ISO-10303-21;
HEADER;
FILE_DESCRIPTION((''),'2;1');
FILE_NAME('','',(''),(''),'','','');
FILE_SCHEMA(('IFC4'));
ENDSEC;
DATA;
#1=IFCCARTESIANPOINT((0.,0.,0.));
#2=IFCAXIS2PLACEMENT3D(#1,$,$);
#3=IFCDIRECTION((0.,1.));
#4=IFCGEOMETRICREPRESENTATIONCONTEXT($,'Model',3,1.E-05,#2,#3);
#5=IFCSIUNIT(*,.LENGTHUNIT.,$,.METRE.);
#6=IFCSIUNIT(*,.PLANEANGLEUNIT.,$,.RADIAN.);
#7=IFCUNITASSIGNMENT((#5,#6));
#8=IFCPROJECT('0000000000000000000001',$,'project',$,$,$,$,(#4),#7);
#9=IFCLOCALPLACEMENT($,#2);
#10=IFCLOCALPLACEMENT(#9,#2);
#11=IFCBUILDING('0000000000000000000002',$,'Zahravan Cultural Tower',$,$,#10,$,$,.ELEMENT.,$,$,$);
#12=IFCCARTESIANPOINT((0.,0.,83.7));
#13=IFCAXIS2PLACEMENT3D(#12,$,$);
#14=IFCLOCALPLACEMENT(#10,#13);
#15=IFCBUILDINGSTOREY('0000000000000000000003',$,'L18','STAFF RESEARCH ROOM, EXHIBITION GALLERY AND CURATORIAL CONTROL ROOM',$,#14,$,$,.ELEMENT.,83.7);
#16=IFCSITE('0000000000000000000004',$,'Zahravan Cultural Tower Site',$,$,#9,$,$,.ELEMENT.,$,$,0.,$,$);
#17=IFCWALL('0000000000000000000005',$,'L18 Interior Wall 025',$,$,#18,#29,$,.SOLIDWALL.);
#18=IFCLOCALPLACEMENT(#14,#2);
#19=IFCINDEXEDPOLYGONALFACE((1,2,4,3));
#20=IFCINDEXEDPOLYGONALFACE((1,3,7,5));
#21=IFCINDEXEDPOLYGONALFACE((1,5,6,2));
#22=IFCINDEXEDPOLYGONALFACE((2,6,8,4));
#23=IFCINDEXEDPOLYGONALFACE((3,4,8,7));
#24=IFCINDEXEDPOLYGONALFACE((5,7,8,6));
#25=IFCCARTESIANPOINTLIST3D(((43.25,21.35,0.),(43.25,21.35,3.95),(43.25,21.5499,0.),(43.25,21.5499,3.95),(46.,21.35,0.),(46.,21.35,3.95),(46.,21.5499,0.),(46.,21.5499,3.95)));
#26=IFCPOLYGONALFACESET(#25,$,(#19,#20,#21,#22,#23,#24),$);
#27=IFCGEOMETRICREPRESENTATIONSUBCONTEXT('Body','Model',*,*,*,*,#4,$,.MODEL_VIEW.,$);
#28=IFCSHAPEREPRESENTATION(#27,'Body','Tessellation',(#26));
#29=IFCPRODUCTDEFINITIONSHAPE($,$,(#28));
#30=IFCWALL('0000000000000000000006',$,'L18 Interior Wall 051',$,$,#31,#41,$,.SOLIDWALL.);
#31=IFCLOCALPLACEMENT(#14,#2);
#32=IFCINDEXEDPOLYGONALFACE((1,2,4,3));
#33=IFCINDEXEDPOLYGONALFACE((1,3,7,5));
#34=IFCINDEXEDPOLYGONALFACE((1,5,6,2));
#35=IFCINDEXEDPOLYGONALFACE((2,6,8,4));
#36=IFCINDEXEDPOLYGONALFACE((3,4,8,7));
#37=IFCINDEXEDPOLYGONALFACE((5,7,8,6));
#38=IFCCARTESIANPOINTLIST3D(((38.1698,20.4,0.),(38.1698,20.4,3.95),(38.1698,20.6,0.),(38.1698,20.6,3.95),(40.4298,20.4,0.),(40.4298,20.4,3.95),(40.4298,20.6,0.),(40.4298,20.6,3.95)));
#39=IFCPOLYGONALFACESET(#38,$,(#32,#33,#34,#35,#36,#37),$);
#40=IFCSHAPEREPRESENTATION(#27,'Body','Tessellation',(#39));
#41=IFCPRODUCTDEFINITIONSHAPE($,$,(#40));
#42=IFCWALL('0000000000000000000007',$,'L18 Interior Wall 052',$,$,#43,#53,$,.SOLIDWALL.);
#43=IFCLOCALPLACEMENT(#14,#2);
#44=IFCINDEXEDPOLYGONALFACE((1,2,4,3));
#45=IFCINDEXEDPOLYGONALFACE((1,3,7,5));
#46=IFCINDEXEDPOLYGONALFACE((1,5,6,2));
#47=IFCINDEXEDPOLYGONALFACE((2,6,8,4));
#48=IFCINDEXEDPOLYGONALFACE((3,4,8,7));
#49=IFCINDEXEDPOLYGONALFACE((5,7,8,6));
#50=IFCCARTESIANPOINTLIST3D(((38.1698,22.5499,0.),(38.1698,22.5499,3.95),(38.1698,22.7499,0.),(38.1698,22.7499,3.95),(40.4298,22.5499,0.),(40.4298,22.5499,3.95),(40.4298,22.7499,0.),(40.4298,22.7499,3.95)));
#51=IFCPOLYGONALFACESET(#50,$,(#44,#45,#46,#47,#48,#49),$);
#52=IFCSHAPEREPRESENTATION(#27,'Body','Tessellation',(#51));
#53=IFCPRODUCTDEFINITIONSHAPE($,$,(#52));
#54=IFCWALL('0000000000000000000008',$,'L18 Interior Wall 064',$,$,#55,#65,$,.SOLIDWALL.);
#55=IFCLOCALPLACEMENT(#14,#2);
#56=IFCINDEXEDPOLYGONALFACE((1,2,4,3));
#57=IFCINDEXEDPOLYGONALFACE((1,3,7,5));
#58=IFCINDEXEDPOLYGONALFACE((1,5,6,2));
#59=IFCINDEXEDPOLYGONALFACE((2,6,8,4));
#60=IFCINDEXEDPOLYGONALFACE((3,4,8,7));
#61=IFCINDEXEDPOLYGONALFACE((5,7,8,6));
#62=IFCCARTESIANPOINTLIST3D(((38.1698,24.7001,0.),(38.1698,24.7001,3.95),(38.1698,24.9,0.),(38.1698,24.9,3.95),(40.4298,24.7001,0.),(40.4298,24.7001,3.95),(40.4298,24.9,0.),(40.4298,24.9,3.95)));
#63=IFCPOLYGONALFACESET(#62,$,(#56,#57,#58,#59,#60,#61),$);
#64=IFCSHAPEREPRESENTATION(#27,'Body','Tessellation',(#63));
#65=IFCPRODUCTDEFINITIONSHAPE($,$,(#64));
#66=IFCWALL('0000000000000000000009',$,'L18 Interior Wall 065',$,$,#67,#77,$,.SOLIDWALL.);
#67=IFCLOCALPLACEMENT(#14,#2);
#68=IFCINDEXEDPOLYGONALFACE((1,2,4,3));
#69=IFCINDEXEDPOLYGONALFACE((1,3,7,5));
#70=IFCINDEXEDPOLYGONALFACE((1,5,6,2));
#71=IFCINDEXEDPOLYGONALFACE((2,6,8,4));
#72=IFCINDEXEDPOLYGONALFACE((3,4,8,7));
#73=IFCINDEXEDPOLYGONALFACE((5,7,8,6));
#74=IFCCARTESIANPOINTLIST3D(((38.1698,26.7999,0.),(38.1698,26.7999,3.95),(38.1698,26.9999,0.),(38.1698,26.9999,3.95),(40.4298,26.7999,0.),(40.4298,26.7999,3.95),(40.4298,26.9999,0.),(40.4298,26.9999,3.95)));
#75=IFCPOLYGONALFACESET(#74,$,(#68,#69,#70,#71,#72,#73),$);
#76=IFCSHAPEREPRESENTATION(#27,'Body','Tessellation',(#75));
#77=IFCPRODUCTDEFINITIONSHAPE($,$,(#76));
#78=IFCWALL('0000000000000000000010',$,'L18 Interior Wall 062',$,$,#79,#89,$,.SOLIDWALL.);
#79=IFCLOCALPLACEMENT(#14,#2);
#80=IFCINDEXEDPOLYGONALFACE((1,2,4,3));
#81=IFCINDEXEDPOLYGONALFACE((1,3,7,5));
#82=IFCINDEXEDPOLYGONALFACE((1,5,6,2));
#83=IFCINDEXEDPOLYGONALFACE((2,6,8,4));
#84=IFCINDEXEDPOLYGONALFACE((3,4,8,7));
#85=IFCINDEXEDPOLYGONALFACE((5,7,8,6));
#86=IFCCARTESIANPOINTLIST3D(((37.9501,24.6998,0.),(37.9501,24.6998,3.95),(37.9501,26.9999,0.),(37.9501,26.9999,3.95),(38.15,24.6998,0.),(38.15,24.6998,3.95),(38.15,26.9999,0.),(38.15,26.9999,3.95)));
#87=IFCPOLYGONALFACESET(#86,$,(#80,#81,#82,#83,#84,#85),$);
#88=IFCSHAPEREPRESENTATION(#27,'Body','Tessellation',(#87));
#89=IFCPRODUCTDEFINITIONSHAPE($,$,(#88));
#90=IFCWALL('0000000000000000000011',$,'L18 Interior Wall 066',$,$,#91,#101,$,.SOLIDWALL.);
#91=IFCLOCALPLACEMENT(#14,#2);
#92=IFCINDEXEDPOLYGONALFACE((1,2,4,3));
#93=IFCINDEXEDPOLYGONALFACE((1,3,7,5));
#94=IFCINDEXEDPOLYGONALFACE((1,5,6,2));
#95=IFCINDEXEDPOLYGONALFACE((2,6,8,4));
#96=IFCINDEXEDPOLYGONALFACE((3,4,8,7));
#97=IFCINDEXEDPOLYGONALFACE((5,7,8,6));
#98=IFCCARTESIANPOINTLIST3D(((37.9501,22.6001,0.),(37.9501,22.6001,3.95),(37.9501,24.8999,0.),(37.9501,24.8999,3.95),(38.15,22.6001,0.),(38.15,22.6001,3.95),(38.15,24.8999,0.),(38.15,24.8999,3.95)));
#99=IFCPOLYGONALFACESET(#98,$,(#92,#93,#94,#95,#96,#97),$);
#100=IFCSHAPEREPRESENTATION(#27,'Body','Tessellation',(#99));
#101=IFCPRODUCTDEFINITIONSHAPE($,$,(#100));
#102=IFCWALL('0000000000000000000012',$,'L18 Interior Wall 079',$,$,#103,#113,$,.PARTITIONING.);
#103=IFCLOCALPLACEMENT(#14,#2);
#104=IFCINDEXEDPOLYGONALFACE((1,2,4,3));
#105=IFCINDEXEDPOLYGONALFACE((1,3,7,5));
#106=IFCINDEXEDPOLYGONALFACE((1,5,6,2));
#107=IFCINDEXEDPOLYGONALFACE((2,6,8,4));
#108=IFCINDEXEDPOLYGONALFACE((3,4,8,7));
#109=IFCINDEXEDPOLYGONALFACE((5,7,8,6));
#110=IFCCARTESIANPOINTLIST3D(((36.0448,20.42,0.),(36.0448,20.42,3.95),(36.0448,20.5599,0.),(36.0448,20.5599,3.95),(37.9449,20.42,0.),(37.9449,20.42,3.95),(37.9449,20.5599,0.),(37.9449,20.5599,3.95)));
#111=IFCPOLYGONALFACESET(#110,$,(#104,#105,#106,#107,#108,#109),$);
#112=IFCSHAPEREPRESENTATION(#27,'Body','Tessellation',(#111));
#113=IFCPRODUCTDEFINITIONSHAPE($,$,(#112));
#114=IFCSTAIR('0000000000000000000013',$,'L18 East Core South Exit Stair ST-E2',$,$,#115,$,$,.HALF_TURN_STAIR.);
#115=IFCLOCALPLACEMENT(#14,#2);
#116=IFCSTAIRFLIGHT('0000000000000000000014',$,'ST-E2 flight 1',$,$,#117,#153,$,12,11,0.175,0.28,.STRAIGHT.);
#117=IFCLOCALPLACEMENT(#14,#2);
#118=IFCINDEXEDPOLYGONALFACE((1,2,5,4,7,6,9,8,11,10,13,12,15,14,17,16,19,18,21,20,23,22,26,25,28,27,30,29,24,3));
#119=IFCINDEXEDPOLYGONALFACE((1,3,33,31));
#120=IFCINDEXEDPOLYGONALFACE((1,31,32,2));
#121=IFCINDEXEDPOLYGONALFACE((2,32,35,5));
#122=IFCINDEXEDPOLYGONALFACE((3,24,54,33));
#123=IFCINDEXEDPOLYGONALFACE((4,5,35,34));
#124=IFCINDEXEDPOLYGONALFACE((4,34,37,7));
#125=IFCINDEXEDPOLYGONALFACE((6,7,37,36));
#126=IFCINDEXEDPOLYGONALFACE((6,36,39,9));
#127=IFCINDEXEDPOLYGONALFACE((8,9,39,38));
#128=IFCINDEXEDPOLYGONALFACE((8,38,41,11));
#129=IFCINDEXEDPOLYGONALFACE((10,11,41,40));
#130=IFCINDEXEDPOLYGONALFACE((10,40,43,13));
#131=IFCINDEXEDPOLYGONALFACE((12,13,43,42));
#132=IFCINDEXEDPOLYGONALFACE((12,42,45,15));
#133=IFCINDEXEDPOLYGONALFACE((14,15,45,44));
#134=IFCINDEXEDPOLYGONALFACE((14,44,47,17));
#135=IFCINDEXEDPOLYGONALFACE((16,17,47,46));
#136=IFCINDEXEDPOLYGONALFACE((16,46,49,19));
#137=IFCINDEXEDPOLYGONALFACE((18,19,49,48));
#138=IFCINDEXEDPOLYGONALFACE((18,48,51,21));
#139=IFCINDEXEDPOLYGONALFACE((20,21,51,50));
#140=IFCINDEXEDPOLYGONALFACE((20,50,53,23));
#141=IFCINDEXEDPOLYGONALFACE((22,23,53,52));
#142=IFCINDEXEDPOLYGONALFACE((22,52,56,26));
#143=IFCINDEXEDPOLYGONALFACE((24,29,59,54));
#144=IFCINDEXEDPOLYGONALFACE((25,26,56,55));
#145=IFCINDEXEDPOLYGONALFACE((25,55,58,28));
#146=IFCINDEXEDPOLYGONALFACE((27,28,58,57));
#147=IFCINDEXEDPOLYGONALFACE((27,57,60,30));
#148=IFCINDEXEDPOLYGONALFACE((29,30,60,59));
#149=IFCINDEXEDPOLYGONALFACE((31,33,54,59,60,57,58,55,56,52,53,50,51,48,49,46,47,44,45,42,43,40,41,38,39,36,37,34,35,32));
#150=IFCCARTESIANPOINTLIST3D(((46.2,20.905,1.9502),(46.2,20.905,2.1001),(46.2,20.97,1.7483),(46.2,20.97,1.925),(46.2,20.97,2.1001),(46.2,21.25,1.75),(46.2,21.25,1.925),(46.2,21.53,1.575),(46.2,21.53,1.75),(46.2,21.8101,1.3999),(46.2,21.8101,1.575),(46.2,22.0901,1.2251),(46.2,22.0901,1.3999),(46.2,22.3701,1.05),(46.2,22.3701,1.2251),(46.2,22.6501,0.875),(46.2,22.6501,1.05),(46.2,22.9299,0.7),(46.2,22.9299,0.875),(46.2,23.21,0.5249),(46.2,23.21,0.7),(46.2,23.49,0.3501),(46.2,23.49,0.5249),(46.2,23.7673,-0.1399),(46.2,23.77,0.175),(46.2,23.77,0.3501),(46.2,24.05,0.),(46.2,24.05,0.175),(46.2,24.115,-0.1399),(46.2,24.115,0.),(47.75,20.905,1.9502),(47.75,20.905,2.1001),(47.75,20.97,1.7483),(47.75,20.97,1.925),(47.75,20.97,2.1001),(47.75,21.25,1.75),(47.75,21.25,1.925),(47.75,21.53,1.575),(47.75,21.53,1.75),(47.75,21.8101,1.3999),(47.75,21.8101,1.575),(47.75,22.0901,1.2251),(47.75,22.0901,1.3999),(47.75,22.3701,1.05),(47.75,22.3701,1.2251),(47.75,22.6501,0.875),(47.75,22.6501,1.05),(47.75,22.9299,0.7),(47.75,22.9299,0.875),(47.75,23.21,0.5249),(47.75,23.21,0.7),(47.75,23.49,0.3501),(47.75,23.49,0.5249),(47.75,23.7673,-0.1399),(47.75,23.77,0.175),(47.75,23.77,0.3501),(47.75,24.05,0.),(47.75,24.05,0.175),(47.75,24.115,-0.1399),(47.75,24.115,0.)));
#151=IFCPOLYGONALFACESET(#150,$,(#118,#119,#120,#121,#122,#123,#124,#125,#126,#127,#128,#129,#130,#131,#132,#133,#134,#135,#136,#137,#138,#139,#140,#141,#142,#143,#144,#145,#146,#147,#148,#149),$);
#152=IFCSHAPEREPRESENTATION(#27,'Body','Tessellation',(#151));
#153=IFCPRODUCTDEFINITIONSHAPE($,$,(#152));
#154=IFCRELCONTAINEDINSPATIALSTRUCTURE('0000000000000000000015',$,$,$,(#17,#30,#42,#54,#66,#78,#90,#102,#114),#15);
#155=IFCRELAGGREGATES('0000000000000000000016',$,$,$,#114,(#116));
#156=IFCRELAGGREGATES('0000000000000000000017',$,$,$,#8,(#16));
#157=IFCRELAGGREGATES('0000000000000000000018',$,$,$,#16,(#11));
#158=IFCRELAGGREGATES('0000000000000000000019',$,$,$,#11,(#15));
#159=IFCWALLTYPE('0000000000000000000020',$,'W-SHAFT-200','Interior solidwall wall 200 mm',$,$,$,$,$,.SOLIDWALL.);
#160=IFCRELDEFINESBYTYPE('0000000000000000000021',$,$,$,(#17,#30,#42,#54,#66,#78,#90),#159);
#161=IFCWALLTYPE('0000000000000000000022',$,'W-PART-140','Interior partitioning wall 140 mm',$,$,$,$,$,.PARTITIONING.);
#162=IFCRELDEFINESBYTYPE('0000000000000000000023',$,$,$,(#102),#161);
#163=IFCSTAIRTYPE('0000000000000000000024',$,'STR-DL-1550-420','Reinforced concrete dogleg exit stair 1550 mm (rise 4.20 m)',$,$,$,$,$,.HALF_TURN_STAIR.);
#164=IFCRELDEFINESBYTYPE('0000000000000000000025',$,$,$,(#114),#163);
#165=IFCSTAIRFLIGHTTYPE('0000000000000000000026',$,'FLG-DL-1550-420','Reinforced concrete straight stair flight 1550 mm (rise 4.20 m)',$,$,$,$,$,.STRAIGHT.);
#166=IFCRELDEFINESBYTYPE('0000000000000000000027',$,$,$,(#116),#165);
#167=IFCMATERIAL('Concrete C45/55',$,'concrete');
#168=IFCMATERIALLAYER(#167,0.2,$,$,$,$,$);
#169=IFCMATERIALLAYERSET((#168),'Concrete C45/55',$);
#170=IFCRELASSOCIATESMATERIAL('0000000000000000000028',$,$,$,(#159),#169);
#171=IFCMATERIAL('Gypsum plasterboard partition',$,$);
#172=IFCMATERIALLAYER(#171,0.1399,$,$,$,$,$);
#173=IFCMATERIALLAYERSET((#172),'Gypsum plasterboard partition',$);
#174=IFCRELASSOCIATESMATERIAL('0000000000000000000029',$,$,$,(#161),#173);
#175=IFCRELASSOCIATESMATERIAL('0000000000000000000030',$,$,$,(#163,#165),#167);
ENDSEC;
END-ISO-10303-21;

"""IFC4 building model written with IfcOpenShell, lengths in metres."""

from ifc_helpers import new_model, si_unit, direction, frame, frame_2d, origin, place, context, subcontext, project, spatial, polyline, rectangle, outline, extrude, source, transform, mapped, material, layer, layer_set, type_object, element, aggregate, save


model = new_model("IFC4")

# Units and contexts
model_context = context("Model", 3, precision=1e-05, world=origin(), true_north=direction((0.0, 1.0)))
body_context = subcontext(model_context, "Body", "Model", "MODEL_VIEW")
ifc_project = project(units=[si_unit("LENGTHUNIT", "METRE"), si_unit("PLANEANGLEUNIT", "RADIAN")], contexts=[model_context])

# Site, building, storey
site_placement = place(None, origin())
site = spatial("IfcSite", under=ifc_project, at=site_placement, Name="Zahravan Cultural Tower Site", CompositionType="ELEMENT", RefElevation=0.0)
building_placement = place(site_placement, origin())
building = spatial("IfcBuilding", under=site, at=building_placement, Name="Zahravan Cultural Tower", CompositionType="ELEMENT")
storey_placement = place(building_placement, frame((0.0, 0.0, 83.7)))
storey = spatial("IfcBuildingStorey", under=building, at=storey_placement, Name="L18", Description="STAFF RESEARCH ROOM, EXHIBITION GALLERY AND CURATORIAL CONTROL ROOM", CompositionType="ELEMENT", Elevation=83.7)

# Shared definitions
ifc_material_1 = material(Name="Gypsum plasterboard partition")
ifc_material_2 = material(Name="Concrete C45/55", Category="concrete")
ifc_layer_1 = layer(ifc_material_2, 0.2)
ifc_layer_set_1 = layer_set([ifc_layer_1], Name="Concrete C45/55")
wall_type_1 = type_object("IfcWallType", Name="W-SHAFT-200", Description="Interior solidwall wall 200 mm", PredefinedType="SOLIDWALL", material=ifc_layer_set_1)

# Walls
shared_shape_1 = source(origin(), body_context, "Body", "SweptSolid", [
    extrude(rectangle(XDim=2.75, YDim=0.2, at=frame_2d((1.375, 0.0))), origin(), (0.0, 0.0, 1.0), 3.95),
])
for number, where, z_axis, x_axis, name in (
    (1, (43.25, 21.45, 0.0), (0.0, 0.0, 1.0), (1.0, 0.0, 0.0), "L18 Interior Wall 025"),
):
    element("IfcWall", number, at=place(storey_placement, frame(where, z_axis=z_axis, x_axis=x_axis)), inside=storey, type_object=wall_type_1, Name=name, PredefinedType="SOLIDWALL", context=body_context, shape_type="MappedRepresentation", body=[
        mapped(shared_shape_1, transform((0.0, 0.0, 0.0), x_axis=(1.0, 0.0, 0.0), y_axis=(0.0, 1.0, 0.0), z_axis=(0.0, 0.0, 1.0), scale=1.0)),
    ])
shared_shape_2 = source(origin(), body_context, "Body", "SweptSolid", [
    extrude(rectangle(XDim=2.26, YDim=0.2, at=frame_2d((1.1299, 0.0))), origin(), (0.0, 0.0, 1.0), 3.95),
])
for number, where, z_axis, x_axis, name in (
    (2, (38.1699, 20.5, 0.0), (0.0, 0.0, 1.0), (1.0, 0.0, 0.0), "L18 Interior Wall 051"),
    (3, (38.1699, 22.6499, 0.0), (0.0, 0.0, 1.0), (1.0, 0.0, 0.0), "L18 Interior Wall 052"),
    (4, (38.1699, 24.8, 0.0), (0.0, 0.0, 1.0), (1.0, 0.0, 0.0), "L18 Interior Wall 064"),
    (5, (38.1699, 26.8999, 0.0), (0.0, 0.0, 1.0), (1.0, 0.0, 0.0), "L18 Interior Wall 065"),
):
    element("IfcWall", number, at=place(storey_placement, frame(where, z_axis=z_axis, x_axis=x_axis)), inside=storey, type_object=wall_type_1, Name=name, PredefinedType="SOLIDWALL", context=body_context, shape_type="MappedRepresentation", body=[
        mapped(shared_shape_2, transform((0.0, 0.0, 0.0), x_axis=(1.0, 0.0, 0.0), y_axis=(0.0, 1.0, 0.0), z_axis=(0.0, 0.0, 1.0), scale=1.0)),
    ])
shared_shape_3 = source(origin(), body_context, "Body", "SweptSolid", [
    extrude(rectangle(XDim=2.3, YDim=0.2, at=frame_2d((1.1499, 0.0))), origin(), (0.0, 0.0, 1.0), 3.95),
])
wall_1_placement = place(storey_placement, frame((38.05, 24.7, 0.0), z_axis=(0.0, 0.0, 1.0), x_axis=(0.0, 1.0, 0.0)))
element("IfcWall", 6, at=wall_1_placement, inside=storey, type_object=wall_type_1, Name="L18 Interior Wall 062", PredefinedType="SOLIDWALL", context=body_context, shape_type="MappedRepresentation", body=[
    mapped(shared_shape_3, transform((0.0, 0.0, 0.0), x_axis=(1.0, 0.0, 0.0), y_axis=(0.0, 1.0, 0.0), z_axis=(0.0, 0.0, 1.0), scale=1.0)),
])
shared_shape_4 = source(origin(), body_context, "Body", "SweptSolid", [
    extrude(rectangle(XDim=2.2998, YDim=0.2, at=frame_2d((1.1499, 0.0))), origin(), (0.0, 0.0, 1.0), 3.95),
])
wall_2_placement = place(storey_placement, frame((38.05, 22.6001, 0.0), z_axis=(0.0, 0.0, 1.0), x_axis=(0.0, 1.0, 0.0)))
element("IfcWall", 7, at=wall_2_placement, inside=storey, type_object=wall_type_1, Name="L18 Interior Wall 066", PredefinedType="SOLIDWALL", context=body_context, shape_type="MappedRepresentation", body=[
    mapped(shared_shape_4, transform((0.0, 0.0, 0.0), x_axis=(1.0, 0.0, 0.0), y_axis=(0.0, 1.0, 0.0), z_axis=(0.0, 0.0, 1.0), scale=1.0)),
])
ifc_layer_2 = layer(ifc_material_1, 0.1399)
ifc_layer_set_2 = layer_set([ifc_layer_2], Name="Gypsum plasterboard partition")
wall_type_2 = type_object("IfcWallType", Name="W-PART-140", Description="Interior partitioning wall 140 mm", PredefinedType="PARTITIONING", material=ifc_layer_set_2)
shared_shape_5 = source(origin(), body_context, "Body", "SweptSolid", [
    extrude(rectangle(XDim=1.9001, YDim=0.1399, at=frame_2d((0.9502, 0.0))), origin(), (0.0, 0.0, 1.0), 3.95),
])
wall_3_placement = place(storey_placement, frame((37.9451, 20.49, 0.0), z_axis=(0.0, 0.0, 1.0), x_axis=(-1.0, 0.0, 0.0)))
element("IfcWall", 8, at=wall_3_placement, inside=storey, type_object=wall_type_2, Name="L18 Interior Wall 079", PredefinedType="PARTITIONING", context=body_context, shape_type="MappedRepresentation", body=[
    mapped(shared_shape_5, transform((0.0, 0.0, 0.0), x_axis=(1.0, 0.0, 0.0), y_axis=(0.0, 1.0, 0.0), z_axis=(0.0, 0.0, 1.0), scale=1.0)),
])

# Stair, stair flight
stair_type = type_object("IfcStairType", Name="STR-DL-1550-420", Description="Reinforced concrete dogleg exit stair 1550 mm (rise 4.20 m)", PredefinedType="HALF_TURN_STAIR", material=ifc_material_2)
stair_placement = place(storey_placement, origin())
stair = element("IfcStair", 9, at=stair_placement, inside=storey, type_object=stair_type, Name="L18 East Core South Exit Stair ST-E2", PredefinedType="HALF_TURN_STAIR")
stair_flight_type = type_object("IfcStairFlightType", Name="FLG-DL-1550-420", Description="Reinforced concrete straight stair flight 1550 mm (rise 4.20 m)", PredefinedType="STRAIGHT", material=ifc_material_2)
stair_flight_placement = place(storey_placement, frame((46.9751, 24.05, 0.0), z_axis=(0.0, 0.0, 1.0), x_axis=(0.0, -1.0, 0.0)))
stair_flight = element("IfcStairFlight", 10, at=stair_flight_placement, type_object=stair_flight_type, Name="ST-E2 flight 1", NumberOfRisers=12, NumberOfTreads=11, PredefinedType="STRAIGHT", RiserHeight=0.175, TreadLength=0.28, context=body_context, shape_type="SweptSolid", body=[
    extrude(outline(polyline([(-0.0649, -0.1399), (-0.0649, 0.0), (0.0, 0.0), (0.0, 0.175), (0.28, 0.175), (0.28, 0.3501), (0.5601, 0.3501), (0.5601, 0.5249), (0.8401, 0.5249), (0.8401, 0.7), (1.1201, 0.7), (1.1201, 0.875), (1.3999, 0.875), (1.3999, 1.05), (1.6799, 1.05), (1.6799, 1.2251), (1.96, 1.2251), (1.96, 1.3999), (2.24, 1.3999), (2.24, 1.575), (2.52, 1.575), (2.52, 1.75), (2.8, 1.75), (2.8, 1.925), (3.0801, 1.925), (3.0801, 2.1001), (3.145, 2.1001), (3.145, 1.9502), (3.0801, 1.7483), (0.2827, -0.1399), (-0.0649, -0.1399)])), frame((0.0, 0.7749, 0.0), z_axis=(0.0, -1.0, 0.0), x_axis=(1.0, 0.0, 0.0)), (0.0, 0.0, 1.0), 1.55),
])
aggregate(stair, [stair_flight])

save(model, "model.ifc")
